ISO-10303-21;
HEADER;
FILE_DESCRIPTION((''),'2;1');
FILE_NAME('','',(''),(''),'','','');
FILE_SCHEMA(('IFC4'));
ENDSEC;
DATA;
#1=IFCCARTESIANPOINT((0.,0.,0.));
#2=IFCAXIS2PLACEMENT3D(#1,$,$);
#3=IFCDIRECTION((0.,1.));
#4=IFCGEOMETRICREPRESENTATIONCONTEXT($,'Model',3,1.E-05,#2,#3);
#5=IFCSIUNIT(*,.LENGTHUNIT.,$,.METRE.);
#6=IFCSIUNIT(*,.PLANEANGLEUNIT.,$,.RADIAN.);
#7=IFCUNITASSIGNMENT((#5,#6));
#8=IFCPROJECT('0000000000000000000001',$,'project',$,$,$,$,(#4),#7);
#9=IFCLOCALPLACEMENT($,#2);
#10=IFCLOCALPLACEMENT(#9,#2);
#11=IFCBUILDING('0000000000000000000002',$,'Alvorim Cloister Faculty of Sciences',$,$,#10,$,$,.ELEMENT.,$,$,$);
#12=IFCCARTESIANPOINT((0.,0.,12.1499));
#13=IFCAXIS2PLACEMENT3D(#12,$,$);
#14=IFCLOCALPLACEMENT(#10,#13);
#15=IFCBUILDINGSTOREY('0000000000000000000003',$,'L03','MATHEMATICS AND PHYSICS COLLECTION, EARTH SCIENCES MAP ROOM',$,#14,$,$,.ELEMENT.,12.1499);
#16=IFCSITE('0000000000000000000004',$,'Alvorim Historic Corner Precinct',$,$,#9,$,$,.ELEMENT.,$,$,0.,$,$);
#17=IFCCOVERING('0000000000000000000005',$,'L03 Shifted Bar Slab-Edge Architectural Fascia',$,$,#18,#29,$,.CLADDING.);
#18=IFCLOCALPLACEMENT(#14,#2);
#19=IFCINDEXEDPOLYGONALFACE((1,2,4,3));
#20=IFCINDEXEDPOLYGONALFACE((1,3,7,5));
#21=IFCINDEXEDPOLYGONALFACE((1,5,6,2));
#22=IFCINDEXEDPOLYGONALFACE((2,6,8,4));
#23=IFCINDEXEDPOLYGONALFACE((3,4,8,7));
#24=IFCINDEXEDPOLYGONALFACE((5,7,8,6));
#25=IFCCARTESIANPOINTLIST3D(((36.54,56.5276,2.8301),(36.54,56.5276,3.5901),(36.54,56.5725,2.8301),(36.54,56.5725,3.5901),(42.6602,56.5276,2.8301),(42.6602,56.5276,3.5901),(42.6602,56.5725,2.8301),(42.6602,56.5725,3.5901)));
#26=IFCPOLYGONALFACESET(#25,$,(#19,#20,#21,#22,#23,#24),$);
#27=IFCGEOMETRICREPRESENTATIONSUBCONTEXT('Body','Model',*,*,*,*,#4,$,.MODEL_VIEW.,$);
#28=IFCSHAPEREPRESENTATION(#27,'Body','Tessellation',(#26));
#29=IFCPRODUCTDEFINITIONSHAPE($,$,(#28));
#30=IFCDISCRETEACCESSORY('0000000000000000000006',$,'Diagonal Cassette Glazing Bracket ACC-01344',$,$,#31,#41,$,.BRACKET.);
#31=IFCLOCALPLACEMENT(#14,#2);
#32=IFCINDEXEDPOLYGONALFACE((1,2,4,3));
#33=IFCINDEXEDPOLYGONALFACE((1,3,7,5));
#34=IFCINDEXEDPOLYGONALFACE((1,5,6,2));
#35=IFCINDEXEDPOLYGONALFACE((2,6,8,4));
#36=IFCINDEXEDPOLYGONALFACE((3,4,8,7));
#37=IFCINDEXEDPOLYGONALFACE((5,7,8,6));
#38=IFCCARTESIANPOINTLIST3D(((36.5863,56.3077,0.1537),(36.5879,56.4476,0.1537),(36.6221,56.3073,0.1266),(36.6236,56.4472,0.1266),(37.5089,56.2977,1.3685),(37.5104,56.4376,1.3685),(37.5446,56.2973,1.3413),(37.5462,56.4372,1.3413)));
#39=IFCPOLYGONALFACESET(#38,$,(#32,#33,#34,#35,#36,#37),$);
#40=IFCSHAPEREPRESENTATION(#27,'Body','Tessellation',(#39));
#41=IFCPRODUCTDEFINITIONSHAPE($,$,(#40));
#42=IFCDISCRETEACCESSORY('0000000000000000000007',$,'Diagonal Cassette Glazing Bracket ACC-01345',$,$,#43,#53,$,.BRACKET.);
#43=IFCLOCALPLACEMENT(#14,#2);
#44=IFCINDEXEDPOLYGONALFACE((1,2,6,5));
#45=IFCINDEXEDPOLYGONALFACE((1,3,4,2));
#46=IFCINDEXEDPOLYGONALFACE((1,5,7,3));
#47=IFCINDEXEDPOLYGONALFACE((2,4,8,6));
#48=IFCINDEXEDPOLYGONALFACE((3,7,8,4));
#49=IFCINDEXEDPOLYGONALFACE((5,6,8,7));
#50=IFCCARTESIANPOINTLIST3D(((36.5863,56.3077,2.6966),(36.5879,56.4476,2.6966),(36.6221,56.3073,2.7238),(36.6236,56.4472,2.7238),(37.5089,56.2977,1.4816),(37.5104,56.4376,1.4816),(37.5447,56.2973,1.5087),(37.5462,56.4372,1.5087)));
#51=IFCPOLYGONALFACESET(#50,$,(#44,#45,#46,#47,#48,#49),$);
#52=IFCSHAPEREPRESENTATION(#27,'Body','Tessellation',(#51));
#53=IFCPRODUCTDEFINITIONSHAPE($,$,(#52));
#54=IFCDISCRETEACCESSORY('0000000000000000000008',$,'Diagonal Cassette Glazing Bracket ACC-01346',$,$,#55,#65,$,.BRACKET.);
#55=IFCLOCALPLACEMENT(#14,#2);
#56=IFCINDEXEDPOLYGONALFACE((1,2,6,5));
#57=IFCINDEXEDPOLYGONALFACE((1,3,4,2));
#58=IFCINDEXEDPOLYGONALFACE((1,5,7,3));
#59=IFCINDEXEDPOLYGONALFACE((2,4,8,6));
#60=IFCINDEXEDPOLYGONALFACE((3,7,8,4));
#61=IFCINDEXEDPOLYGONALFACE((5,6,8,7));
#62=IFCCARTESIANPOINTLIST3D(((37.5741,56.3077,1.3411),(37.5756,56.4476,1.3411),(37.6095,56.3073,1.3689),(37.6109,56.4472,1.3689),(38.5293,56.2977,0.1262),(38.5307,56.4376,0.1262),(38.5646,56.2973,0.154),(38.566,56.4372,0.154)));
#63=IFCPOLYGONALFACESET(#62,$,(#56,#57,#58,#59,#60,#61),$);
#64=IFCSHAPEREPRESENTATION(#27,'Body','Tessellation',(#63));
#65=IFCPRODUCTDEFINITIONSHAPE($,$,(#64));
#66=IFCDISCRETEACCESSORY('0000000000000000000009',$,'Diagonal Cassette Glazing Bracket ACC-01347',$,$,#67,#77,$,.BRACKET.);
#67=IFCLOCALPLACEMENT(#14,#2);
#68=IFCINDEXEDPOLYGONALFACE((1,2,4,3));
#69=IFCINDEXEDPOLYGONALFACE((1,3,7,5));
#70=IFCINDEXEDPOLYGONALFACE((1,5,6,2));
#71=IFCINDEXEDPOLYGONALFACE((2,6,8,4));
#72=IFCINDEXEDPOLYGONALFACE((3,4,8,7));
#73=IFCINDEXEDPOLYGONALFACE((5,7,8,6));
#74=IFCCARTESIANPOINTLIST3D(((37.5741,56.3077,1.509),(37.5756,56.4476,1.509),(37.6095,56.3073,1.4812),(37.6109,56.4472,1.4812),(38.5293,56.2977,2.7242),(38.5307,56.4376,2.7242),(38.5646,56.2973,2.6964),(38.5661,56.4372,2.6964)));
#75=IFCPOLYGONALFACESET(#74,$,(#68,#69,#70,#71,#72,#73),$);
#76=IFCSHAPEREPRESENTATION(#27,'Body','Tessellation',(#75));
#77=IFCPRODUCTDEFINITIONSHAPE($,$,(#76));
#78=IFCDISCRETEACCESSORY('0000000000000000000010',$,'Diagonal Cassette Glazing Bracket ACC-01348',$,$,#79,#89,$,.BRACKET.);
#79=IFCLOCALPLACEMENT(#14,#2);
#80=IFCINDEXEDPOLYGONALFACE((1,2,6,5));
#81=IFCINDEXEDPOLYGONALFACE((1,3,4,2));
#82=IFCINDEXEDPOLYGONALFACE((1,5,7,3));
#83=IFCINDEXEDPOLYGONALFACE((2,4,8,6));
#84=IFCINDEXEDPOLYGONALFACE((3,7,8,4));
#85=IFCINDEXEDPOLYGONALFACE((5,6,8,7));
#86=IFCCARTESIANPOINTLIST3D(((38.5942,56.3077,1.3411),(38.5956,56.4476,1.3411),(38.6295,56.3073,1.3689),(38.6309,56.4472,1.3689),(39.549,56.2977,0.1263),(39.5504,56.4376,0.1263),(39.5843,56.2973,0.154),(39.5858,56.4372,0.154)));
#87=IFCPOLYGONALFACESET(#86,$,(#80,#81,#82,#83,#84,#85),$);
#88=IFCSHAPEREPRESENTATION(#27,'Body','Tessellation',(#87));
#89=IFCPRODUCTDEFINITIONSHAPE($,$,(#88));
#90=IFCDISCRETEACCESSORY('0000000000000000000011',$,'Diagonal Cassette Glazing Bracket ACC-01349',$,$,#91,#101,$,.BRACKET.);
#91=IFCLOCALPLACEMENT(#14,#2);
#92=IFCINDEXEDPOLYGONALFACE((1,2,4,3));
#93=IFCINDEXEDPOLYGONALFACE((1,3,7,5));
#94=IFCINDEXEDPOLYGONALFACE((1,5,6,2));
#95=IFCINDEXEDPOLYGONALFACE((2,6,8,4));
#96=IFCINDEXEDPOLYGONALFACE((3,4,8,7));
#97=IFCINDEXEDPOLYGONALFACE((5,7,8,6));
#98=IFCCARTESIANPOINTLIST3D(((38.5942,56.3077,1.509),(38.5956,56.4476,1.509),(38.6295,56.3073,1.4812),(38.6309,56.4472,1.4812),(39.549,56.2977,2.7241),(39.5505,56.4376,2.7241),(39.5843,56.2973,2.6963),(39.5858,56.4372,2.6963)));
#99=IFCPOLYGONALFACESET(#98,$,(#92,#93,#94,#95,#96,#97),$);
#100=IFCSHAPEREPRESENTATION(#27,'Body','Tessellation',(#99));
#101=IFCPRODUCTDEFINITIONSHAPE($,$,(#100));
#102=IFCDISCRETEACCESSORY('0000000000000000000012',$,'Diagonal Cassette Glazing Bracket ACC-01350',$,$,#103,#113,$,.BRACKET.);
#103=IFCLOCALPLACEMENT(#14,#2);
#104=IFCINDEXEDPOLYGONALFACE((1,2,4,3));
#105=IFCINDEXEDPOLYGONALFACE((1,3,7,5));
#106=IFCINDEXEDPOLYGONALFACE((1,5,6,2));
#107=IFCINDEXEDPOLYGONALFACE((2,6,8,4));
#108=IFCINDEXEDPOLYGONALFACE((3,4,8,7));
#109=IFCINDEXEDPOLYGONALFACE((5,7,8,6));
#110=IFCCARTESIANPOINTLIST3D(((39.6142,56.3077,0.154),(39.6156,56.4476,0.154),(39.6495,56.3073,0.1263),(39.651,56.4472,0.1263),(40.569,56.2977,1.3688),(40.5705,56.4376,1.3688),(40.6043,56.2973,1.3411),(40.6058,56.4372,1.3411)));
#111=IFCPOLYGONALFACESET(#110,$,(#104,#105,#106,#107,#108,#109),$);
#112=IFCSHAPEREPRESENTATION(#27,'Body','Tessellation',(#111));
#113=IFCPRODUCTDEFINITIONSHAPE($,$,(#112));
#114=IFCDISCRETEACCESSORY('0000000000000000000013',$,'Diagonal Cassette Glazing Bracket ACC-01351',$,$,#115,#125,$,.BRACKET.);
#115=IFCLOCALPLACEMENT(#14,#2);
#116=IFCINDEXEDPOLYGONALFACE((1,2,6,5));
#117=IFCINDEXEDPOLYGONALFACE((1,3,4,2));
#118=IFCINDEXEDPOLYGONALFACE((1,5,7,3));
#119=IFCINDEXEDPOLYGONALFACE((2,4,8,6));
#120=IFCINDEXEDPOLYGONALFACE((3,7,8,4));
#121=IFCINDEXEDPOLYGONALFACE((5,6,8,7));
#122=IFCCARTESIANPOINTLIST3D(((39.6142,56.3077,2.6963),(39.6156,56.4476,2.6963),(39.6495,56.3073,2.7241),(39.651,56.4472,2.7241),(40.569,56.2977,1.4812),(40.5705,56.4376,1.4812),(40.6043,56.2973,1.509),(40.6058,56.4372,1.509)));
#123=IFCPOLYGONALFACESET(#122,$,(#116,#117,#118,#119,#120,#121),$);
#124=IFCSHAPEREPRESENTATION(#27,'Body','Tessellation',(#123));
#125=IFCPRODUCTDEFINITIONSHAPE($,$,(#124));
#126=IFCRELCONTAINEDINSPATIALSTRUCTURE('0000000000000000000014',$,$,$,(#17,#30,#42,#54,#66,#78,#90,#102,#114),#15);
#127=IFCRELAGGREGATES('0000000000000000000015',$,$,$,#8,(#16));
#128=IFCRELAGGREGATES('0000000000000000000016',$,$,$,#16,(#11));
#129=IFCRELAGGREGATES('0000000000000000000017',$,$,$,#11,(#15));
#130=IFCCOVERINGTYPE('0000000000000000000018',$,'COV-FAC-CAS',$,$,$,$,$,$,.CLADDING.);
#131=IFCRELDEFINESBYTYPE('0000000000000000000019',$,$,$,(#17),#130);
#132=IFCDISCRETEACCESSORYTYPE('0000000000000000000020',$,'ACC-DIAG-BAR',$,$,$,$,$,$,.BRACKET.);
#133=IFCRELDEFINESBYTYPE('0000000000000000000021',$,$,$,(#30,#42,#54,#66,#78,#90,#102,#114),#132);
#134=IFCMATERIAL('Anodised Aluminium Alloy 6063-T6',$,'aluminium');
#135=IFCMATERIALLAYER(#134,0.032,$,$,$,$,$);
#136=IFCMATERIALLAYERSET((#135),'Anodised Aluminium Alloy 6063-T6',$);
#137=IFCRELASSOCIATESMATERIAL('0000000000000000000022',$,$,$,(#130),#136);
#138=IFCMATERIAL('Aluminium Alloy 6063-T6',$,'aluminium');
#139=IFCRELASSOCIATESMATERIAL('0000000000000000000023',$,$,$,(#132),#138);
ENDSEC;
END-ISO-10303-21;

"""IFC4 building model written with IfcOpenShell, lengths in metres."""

from ifc_helpers import new_model, si_unit, direction, frame, origin, origin_2d, place, context, subcontext, project, spatial, polyline, rectangle, outline, extrude, material, layer, layer_set, type_object, element, save


model = new_model("IFC4")

# Units and contexts
model_context = context("Model", 3, precision=1e-05, world=origin(), true_north=direction((0.0, 1.0)))
body_context = subcontext(model_context, "Body", "Model", "MODEL_VIEW")
ifc_project = project(units=[si_unit("LENGTHUNIT", "METRE"), si_unit("PLANEANGLEUNIT", "RADIAN")], contexts=[model_context])

# Site, building, storey
site_placement = place(None, origin())
site = spatial("IfcSite", under=ifc_project, at=site_placement, Name="Alvorim Historic Corner Precinct", CompositionType="ELEMENT", RefElevation=0.0)
building_placement = place(site_placement, origin())
building = spatial("IfcBuilding", under=site, at=building_placement, Name="Alvorim Cloister Faculty of Sciences", CompositionType="ELEMENT")
storey_placement = place(building_placement, frame((0.0, 0.0, 12.1499)))
storey = spatial("IfcBuildingStorey", under=building, at=storey_placement, Name="L03", Description="MATHEMATICS AND PHYSICS COLLECTION, EARTH SCIENCES MAP ROOM", CompositionType="ELEMENT", Elevation=12.1499)

# Shared definitions
ifc_material_1 = material(Name="Aluminium Alloy 6063-T6", Category="aluminium")

# Covering
ifc_material_2 = material(Name="Anodised Aluminium Alloy 6063-T6", Category="aluminium")
ifc_layer_1 = layer(ifc_material_2, 0.032)
ifc_layer_set_1 = layer_set([ifc_layer_1], Name="Anodised Aluminium Alloy 6063-T6")
covering_type = type_object("IfcCoveringType", Name="COV-FAC-CAS", PredefinedType="CLADDING", material=ifc_layer_set_1)
covering_placement = place(storey_placement, frame((36.54, 56.55, 2.8301), z_axis=(0.0, 0.0, 1.0), x_axis=(1.0, 0.0, 0.0)))
element("IfcCovering", 1, at=covering_placement, inside=storey, type_object=covering_type, Name="L03 Shifted Bar Slab-Edge Architectural Fascia", PredefinedType="CLADDING", context=body_context, shape_type="SweptSolid", body=[
    extrude(outline(polyline([(0.0, 0.0), (6.1201, 0.0), (6.1201, 0.76), (0.0, 0.76), (0.0, 0.0)])), frame((0.0, 0.0225, 0.0), z_axis=(0.0, -1.0, 0.0), x_axis=(1.0, 0.0, 0.0)), (0.0, 0.0, 1.0), 0.0449),
])

# Discrete accessories
discrete_accessory_type = type_object("IfcDiscreteAccessoryType", Name="ACC-DIAG-BAR", PredefinedType="BRACKET", material=ifc_material_1)
discrete_accessory_1_placement = place(storey_placement, frame((36.605, 56.3774, 0.1401), z_axis=(0.60479, -0.006562, 0.796358), x_axis=(0.010849, 0.999941, 0.0)))
element("IfcDiscreteAccessory", 2, at=discrete_accessory_1_placement, inside=storey, type_object=discrete_accessory_type, Name="Diagonal Cassette Glazing Bracket ACC-01344", PredefinedType="BRACKET", context=body_context, shape_type="SweptSolid", body=[
    extrude(rectangle(XDim=0.1399, YDim=0.0449, at=origin_2d()), origin(), (0.0, 0.0, 1.0), 1.5254),
])
discrete_accessory_2_placement = place(storey_placement, frame((36.605, 56.3774, 2.7102), z_axis=(0.604713, -0.006561, -0.796416), x_axis=(0.010849, 0.999941, 0.0)))
element("IfcDiscreteAccessory", 3, at=discrete_accessory_2_placement, inside=storey, type_object=discrete_accessory_type, Name="Diagonal Cassette Glazing Bracket ACC-01345", PredefinedType="BRACKET", context=body_context, shape_type="SweptSolid", body=[
    extrude(rectangle(XDim=0.1399, YDim=0.0449, at=origin_2d()), origin(), (0.0, 0.0, 1.0), 1.5256),
])
discrete_accessory_3_placement = place(storey_placement, frame((37.5925, 56.3774, 1.355), z_axis=(0.618032, -0.006477, -0.786126), x_axis=(0.01048, 0.999945, 0.0)))
element("IfcDiscreteAccessory", 4, at=discrete_accessory_3_placement, inside=storey, type_object=discrete_accessory_type, Name="Diagonal Cassette Glazing Bracket ACC-01346", PredefinedType="BRACKET", context=body_context, shape_type="SweptSolid", body=[
    extrude(rectangle(XDim=0.1399, YDim=0.0449, at=origin_2d()), origin(), (0.0, 0.0, 1.0), 1.5454),
])
discrete_accessory_4_placement = place(storey_placement, frame((37.5925, 56.3774, 1.4951), z_axis=(0.617955, -0.006477, 0.786187), x_axis=(0.01048, 0.999945, 0.0)))
element("IfcDiscreteAccessory", 5, at=discrete_accessory_4_placement, inside=storey, type_object=discrete_accessory_type, Name="Diagonal Cassette Glazing Bracket ACC-01347", PredefinedType="BRACKET", context=body_context, shape_type="SweptSolid", body=[
    extrude(rectangle(XDim=0.1399, YDim=0.0449, at=origin_2d()), origin(), (0.0, 0.0, 1.0), 1.5457),
])
discrete_accessory_5_placement = place(storey_placement, frame((38.6125, 56.3774, 1.355), z_axis=(0.617934, -0.006478, -0.786203), x_axis=(0.010483, 0.999945, 0.0)))
element("IfcDiscreteAccessory", 6, at=discrete_accessory_5_placement, inside=storey, type_object=discrete_accessory_type, Name="Diagonal Cassette Glazing Bracket ACC-01348", PredefinedType="BRACKET", context=body_context, shape_type="SweptSolid", body=[
    extrude(rectangle(XDim=0.1399, YDim=0.0449, at=origin_2d()), origin(), (0.0, 0.0, 1.0), 1.5452),
])
discrete_accessory_6_placement = place(storey_placement, frame((38.6125, 56.3774, 1.4951), z_axis=(0.617857, -0.006477, 0.786263), x_axis=(0.010483, 0.999945, 0.0)))
element("IfcDiscreteAccessory", 7, at=discrete_accessory_6_placement, inside=storey, type_object=discrete_accessory_type, Name="Diagonal Cassette Glazing Bracket ACC-01349", PredefinedType="BRACKET", context=body_context, shape_type="SweptSolid", body=[
    extrude(rectangle(XDim=0.1399, YDim=0.0449, at=origin_2d()), origin(), (0.0, 0.0, 1.0), 1.5454),
])
discrete_accessory_7_placement = place(storey_placement, frame((39.6326, 56.3774, 0.1401), z_axis=(0.617934, -0.006478, 0.786203), x_axis=(0.010483, 0.999945, 0.0)))
element("IfcDiscreteAccessory", 8, at=discrete_accessory_7_placement, inside=storey, type_object=discrete_accessory_type, Name="Diagonal Cassette Glazing Bracket ACC-01350", PredefinedType="BRACKET", context=body_context, shape_type="SweptSolid", body=[
    extrude(rectangle(XDim=0.1399, YDim=0.0449, at=origin_2d()), origin(), (0.0, 0.0, 1.0), 1.5452),
])
discrete_accessory_8_placement = place(storey_placement, frame((39.6326, 56.3774, 2.7102), z_axis=(0.617857, -0.006477, -0.786263), x_axis=(0.010483, 0.999945, 0.0)))
element("IfcDiscreteAccessory", 9, at=discrete_accessory_8_placement, inside=storey, type_object=discrete_accessory_type, Name="Diagonal Cassette Glazing Bracket ACC-01351", PredefinedType="BRACKET", context=body_context, shape_type="SweptSolid", body=[
    extrude(rectangle(XDim=0.1399, YDim=0.0449, at=origin_2d()), origin(), (0.0, 0.0, 1.0), 1.5454),
])

save(model, "model.ifc")
